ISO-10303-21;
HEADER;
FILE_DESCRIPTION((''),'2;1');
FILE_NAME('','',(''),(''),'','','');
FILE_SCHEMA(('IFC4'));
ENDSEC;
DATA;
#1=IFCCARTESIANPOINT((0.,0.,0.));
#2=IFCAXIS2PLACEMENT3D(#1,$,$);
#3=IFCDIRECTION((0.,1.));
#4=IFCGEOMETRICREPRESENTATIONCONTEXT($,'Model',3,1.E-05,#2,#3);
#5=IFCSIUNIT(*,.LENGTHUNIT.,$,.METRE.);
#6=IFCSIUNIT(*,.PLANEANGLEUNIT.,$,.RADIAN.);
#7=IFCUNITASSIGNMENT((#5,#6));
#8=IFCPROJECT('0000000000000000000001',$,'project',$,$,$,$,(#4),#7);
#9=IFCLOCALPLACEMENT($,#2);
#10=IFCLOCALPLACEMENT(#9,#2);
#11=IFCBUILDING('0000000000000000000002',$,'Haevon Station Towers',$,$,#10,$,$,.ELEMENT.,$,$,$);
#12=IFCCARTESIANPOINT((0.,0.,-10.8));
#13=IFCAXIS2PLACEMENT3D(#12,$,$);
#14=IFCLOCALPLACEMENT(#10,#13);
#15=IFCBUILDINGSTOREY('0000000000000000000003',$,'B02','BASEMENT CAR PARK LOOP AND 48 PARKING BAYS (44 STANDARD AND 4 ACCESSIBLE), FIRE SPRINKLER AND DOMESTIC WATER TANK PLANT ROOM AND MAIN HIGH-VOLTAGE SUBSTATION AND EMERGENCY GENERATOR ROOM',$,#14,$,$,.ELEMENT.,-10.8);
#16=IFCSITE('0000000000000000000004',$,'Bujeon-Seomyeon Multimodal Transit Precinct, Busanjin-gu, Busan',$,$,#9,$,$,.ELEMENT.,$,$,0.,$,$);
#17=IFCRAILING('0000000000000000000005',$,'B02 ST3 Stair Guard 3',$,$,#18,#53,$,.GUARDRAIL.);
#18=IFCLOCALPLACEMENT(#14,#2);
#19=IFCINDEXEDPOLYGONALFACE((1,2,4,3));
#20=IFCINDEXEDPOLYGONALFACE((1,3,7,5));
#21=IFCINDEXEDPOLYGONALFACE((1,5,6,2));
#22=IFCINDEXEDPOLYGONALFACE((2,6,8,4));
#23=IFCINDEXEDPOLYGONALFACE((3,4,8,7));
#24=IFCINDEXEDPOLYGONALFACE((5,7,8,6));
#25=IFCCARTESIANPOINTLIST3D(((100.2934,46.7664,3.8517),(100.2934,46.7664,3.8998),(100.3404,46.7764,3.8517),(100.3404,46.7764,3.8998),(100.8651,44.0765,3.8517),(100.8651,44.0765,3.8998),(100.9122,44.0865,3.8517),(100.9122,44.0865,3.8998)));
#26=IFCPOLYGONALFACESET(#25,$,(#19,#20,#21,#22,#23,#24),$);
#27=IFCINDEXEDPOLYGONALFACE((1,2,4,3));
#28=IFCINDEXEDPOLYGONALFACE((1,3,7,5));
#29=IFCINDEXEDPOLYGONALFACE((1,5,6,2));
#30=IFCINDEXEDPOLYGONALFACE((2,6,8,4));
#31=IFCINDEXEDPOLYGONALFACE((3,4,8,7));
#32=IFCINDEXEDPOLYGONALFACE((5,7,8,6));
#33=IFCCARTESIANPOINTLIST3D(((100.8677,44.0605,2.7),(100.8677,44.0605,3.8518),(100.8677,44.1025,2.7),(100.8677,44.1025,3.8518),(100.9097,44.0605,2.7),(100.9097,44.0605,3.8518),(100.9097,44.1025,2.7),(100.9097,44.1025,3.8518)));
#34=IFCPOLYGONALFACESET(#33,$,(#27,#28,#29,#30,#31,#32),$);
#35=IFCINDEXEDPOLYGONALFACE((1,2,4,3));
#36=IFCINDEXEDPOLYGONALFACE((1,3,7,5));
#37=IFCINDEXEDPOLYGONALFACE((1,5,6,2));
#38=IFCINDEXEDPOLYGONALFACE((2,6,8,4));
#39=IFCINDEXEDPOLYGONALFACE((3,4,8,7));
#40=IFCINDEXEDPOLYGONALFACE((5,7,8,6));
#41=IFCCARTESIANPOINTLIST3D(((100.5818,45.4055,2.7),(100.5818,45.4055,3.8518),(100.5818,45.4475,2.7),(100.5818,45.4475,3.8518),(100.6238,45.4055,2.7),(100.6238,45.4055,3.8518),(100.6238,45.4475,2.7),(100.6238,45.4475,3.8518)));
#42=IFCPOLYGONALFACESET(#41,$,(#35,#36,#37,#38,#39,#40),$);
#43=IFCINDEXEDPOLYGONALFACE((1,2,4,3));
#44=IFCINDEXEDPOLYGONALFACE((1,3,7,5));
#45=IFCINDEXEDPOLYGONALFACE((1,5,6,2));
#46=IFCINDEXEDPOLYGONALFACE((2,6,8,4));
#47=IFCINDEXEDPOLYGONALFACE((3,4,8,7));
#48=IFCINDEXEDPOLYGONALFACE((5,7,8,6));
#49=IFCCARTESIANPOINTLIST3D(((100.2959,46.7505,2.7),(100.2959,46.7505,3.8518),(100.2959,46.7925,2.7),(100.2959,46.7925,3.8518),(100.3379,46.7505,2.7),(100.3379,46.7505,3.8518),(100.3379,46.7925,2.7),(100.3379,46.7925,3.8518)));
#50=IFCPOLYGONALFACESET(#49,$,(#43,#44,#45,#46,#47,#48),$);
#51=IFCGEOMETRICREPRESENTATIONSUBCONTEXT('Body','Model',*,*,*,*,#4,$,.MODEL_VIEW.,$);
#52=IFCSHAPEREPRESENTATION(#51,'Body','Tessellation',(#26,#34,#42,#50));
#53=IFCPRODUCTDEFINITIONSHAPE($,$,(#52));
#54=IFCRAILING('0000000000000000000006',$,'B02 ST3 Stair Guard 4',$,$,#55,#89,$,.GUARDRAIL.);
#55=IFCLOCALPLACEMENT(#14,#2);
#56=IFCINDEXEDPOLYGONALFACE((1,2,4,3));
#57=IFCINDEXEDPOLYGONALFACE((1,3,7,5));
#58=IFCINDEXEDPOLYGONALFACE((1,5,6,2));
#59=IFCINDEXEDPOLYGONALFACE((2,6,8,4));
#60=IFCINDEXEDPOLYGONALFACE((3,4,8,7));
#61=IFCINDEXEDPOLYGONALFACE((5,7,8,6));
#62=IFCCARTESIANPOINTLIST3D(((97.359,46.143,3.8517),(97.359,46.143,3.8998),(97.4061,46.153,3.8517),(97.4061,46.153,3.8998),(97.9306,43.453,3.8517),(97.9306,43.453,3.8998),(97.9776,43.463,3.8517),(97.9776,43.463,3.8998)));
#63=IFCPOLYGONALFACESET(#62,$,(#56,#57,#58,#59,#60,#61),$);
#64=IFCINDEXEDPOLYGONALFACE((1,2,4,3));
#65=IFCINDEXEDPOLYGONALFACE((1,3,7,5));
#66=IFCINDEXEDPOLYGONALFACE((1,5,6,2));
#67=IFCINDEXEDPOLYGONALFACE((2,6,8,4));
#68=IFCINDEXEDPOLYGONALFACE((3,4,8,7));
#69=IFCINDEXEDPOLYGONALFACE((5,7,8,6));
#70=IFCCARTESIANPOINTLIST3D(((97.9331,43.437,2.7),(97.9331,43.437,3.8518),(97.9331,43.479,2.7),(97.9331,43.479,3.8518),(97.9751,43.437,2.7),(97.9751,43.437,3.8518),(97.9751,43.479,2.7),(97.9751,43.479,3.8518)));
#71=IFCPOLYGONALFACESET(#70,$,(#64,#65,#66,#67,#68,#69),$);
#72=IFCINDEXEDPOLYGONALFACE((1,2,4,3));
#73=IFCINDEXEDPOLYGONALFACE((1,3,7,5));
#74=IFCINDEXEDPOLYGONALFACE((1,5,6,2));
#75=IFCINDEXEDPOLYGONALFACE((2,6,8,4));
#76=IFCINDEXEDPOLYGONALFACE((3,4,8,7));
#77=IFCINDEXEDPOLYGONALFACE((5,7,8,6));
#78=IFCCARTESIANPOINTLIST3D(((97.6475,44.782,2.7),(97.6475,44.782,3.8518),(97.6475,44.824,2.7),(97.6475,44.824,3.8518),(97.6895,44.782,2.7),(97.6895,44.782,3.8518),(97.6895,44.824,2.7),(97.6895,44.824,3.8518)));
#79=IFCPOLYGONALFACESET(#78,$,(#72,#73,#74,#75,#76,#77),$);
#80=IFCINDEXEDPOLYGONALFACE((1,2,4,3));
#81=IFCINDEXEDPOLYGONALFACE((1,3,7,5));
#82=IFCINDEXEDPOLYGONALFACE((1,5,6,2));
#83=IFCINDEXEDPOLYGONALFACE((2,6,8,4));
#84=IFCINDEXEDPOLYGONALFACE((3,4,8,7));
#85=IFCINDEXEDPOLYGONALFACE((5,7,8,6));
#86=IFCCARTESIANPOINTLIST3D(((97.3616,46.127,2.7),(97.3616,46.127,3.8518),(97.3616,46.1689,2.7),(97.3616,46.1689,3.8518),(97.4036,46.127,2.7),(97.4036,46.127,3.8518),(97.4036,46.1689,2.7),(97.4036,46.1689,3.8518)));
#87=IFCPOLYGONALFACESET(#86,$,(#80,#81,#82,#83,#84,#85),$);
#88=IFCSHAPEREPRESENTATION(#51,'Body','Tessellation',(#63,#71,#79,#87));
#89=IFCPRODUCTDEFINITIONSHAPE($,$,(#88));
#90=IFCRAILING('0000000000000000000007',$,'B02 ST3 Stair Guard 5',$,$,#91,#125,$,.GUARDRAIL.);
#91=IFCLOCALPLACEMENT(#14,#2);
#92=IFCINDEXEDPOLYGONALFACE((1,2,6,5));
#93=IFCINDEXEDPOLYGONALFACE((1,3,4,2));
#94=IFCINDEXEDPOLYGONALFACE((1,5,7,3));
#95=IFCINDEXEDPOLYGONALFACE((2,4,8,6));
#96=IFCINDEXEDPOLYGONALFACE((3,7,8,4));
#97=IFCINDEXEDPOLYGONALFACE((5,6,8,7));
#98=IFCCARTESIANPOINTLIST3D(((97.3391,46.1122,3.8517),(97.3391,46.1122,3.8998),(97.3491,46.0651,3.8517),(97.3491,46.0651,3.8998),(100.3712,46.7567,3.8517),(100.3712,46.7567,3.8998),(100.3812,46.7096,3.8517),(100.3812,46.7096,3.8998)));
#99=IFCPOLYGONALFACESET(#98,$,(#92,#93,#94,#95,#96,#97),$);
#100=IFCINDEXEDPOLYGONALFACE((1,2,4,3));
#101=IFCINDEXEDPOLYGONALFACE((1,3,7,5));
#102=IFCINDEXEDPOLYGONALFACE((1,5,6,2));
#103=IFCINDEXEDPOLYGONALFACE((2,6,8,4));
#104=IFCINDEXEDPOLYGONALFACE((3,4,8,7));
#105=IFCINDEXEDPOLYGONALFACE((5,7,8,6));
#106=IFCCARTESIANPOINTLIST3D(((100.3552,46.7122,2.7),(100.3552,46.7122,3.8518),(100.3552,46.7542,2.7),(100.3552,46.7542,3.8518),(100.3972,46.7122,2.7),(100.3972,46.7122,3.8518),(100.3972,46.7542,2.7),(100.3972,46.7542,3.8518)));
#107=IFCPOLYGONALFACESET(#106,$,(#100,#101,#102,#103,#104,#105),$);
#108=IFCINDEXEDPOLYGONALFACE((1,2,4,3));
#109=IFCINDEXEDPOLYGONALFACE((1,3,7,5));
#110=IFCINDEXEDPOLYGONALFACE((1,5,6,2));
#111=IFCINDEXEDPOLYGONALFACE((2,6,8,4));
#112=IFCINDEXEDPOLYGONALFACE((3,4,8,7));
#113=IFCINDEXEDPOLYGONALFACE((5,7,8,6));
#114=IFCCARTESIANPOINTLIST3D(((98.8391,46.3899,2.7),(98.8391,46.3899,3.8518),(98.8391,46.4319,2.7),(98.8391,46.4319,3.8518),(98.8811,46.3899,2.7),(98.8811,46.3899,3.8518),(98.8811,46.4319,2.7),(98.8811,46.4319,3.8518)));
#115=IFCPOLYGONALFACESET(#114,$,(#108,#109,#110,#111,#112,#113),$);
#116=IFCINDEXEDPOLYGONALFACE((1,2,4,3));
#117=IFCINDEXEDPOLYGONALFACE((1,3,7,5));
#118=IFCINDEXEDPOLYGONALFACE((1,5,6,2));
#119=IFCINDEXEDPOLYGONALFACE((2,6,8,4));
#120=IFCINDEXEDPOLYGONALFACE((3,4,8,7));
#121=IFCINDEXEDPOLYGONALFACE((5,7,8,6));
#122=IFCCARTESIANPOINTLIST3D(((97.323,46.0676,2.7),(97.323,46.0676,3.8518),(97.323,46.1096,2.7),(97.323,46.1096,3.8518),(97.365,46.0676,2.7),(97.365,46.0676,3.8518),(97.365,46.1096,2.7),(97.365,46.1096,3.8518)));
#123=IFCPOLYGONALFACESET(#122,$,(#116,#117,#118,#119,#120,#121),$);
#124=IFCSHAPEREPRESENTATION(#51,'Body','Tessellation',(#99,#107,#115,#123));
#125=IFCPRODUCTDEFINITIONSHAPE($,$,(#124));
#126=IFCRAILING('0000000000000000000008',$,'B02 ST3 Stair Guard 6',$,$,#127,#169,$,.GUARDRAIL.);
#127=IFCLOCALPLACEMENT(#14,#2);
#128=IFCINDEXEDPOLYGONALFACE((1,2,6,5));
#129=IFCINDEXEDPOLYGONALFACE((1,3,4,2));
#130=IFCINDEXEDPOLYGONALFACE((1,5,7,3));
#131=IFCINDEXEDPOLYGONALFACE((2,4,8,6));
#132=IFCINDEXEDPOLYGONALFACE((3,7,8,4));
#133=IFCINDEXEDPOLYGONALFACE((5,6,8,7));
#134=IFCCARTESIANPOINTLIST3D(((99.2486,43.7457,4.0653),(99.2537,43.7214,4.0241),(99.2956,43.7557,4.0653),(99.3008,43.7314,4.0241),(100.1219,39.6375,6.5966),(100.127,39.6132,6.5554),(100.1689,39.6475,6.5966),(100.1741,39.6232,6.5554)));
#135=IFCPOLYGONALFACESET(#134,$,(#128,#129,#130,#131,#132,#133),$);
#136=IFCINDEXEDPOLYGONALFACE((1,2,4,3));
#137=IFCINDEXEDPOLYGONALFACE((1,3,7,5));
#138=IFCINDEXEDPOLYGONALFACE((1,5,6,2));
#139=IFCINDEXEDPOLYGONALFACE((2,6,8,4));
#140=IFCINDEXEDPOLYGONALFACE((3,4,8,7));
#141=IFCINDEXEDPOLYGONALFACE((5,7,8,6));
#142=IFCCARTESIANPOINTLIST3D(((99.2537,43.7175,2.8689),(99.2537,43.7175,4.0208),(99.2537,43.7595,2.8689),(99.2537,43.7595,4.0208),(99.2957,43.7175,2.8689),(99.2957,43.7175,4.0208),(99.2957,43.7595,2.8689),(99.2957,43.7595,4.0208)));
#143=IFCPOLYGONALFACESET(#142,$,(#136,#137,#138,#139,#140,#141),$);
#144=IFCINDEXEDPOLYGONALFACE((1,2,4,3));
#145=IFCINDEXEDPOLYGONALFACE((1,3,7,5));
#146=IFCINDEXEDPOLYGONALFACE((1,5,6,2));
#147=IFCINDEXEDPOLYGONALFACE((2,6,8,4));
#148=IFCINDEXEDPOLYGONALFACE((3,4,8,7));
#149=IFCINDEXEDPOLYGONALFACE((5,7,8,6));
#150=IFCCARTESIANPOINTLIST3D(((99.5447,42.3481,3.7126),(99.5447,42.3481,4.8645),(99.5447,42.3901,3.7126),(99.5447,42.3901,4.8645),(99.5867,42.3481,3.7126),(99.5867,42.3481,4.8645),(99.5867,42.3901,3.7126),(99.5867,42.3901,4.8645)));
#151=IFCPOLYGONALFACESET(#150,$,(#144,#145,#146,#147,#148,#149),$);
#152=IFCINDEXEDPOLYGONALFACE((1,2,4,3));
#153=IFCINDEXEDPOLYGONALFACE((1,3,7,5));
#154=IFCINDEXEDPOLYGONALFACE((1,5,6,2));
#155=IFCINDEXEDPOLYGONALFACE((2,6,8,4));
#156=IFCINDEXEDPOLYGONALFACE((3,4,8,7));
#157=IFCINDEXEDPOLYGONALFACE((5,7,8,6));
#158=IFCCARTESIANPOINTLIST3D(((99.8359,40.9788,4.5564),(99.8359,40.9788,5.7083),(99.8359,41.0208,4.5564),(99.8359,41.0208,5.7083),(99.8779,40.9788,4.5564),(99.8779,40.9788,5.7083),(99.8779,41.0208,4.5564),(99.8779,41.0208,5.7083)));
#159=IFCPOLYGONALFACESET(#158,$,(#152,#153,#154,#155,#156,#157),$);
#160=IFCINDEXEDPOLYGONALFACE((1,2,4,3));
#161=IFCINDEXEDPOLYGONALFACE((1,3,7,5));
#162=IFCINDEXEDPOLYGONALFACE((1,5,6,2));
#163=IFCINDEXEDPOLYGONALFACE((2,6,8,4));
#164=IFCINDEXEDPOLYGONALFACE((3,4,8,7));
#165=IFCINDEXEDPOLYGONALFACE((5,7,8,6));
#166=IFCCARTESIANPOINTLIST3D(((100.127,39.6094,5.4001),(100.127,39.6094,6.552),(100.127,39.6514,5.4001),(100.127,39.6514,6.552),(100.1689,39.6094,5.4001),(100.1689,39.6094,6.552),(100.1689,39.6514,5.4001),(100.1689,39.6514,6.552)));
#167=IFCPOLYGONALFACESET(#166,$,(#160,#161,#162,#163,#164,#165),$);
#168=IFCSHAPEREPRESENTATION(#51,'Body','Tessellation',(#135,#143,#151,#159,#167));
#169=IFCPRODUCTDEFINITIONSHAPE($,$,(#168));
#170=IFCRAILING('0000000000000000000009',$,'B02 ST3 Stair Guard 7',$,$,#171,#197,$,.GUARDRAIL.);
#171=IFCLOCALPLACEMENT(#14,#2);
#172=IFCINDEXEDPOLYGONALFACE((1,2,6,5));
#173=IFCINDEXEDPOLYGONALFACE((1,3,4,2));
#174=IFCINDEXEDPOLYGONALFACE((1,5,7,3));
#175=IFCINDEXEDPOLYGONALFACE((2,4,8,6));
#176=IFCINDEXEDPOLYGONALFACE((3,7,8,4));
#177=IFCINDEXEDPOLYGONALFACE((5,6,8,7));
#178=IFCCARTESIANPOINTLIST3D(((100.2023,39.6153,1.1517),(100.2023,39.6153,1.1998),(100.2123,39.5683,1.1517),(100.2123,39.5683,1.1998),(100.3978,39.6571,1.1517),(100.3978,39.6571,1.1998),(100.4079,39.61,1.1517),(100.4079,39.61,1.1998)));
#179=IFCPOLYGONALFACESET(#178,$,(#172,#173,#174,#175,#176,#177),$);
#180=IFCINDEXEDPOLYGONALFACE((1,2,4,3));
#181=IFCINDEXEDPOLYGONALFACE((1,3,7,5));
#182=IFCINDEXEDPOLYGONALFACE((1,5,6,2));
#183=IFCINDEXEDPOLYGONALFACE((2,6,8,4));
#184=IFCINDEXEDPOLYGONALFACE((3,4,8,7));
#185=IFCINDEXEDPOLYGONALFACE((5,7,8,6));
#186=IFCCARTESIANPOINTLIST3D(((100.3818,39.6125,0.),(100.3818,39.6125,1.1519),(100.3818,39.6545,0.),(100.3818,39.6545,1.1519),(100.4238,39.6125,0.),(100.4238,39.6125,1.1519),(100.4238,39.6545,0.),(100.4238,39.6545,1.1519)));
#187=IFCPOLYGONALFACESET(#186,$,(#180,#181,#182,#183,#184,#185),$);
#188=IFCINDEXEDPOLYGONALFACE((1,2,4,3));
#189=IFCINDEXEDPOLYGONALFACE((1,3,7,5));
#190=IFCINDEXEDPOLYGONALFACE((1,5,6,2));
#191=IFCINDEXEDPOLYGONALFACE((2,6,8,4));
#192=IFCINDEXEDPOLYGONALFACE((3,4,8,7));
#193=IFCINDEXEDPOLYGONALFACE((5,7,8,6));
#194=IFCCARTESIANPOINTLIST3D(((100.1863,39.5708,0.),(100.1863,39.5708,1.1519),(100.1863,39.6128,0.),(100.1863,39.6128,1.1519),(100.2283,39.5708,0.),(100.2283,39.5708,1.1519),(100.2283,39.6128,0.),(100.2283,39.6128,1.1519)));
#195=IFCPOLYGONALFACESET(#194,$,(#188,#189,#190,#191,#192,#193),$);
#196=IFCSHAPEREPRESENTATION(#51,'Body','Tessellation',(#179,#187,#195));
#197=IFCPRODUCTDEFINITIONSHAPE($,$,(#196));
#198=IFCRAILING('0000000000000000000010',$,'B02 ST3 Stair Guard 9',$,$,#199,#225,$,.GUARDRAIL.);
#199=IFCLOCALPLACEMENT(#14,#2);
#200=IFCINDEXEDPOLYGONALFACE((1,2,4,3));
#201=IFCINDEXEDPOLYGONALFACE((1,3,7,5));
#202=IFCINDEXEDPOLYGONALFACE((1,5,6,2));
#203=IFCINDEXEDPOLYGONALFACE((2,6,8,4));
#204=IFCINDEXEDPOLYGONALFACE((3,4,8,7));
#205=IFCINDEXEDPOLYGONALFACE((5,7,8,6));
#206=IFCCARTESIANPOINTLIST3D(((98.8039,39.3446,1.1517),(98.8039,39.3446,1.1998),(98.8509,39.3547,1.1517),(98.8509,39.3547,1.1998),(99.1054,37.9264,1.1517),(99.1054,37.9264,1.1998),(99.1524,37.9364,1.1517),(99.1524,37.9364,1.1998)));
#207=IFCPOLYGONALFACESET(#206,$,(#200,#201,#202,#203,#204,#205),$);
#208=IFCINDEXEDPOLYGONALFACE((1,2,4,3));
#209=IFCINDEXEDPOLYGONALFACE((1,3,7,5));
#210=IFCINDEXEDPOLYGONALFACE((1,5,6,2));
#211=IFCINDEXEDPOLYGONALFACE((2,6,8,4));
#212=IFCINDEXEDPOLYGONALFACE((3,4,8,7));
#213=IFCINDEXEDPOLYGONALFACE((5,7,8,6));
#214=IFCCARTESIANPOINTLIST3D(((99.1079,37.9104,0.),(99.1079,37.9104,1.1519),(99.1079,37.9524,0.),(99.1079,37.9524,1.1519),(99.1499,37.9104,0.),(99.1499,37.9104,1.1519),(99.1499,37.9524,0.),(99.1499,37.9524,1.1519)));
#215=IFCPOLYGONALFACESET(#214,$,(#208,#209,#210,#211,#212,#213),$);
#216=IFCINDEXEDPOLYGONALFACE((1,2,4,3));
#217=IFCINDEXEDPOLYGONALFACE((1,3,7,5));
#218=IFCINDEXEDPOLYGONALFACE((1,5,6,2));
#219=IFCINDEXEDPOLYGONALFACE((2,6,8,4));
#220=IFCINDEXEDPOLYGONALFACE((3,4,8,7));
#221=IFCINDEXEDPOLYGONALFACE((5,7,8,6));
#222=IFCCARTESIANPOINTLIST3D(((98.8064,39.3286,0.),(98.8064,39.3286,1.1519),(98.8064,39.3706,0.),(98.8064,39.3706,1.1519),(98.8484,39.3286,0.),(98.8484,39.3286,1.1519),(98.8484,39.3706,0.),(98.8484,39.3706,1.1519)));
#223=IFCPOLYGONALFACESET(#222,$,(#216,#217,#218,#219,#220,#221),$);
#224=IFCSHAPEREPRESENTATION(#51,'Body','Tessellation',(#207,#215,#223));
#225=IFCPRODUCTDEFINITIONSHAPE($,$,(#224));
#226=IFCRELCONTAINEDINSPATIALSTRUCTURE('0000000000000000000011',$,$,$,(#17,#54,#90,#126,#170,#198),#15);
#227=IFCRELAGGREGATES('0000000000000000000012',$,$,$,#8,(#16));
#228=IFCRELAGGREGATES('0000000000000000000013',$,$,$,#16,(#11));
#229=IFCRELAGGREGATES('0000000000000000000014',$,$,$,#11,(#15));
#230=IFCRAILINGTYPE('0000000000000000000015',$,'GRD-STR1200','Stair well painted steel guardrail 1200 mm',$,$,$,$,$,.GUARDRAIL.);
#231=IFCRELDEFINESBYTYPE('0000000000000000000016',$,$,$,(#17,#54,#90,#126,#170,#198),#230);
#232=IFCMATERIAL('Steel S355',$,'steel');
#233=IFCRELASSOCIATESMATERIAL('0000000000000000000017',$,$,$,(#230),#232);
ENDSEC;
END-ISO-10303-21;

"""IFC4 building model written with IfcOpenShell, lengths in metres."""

from ifc_helpers import new_model, si_unit, direction, frame, origin, origin_2d, place, context, subcontext, project, spatial, rectangle, extrude, material, type_object, element, save


model = new_model("IFC4")

# Units and contexts
model_context = context("Model", 3, precision=1e-05, world=origin(), true_north=direction((0.0, 1.0)))
body_context = subcontext(model_context, "Body", "Model", "MODEL_VIEW")
ifc_project = project(units=[si_unit("LENGTHUNIT", "METRE"), si_unit("PLANEANGLEUNIT", "RADIAN")], contexts=[model_context])

# Site, building, storey
site_placement = place(None, origin())
site = spatial("IfcSite", under=ifc_project, at=site_placement, Name="Bujeon-Seomyeon Multimodal Transit Precinct, Busanjin-gu, Busan", CompositionType="ELEMENT", RefElevation=0.0)
building_placement = place(site_placement, origin())
building = spatial("IfcBuilding", under=site, at=building_placement, Name="Haevon Station Towers", CompositionType="ELEMENT")
storey_placement = place(building_placement, frame((0.0, 0.0, -10.8)))
storey = spatial("IfcBuildingStorey", under=building, at=storey_placement, Name="B02", Description="BASEMENT CAR PARK LOOP AND 48 PARKING BAYS (44 STANDARD AND 4 ACCESSIBLE), FIRE SPRINKLER AND DOMESTIC WATER TANK PLANT ROOM AND MAIN HIGH-VOLTAGE SUBSTATION AND EMERGENCY GENERATOR ROOM", CompositionType="ELEMENT", Elevation=-10.8)

# Shared definitions
ifc_material_1 = material(Name="Steel S355", Category="steel")

# Railings
railing_type_1 = type_object("IfcRailingType", Name="GRD-STR1200", Description="Stair well painted steel guardrail 1200 mm", PredefinedType="GUARDRAIL", material=ifc_material_1)
railing_1_placement = place(storey_placement, frame((100.8887, 44.0815, 2.7)))
element("IfcRailing", 1, at=railing_1_placement, inside=storey, type_object=railing_type_1, Name="B02 ST3 Stair Guard 3", PredefinedType="GUARDRAIL", context=body_context, shape_type="SweptSolid", body=[
    extrude(rectangle(XDim=0.0481, YDim=0.0481, at=origin_2d()), frame((0.0, 0.0, 1.1758), z_axis=(-0.207916, 0.978147, 0.0), x_axis=(-0.978147, -0.207916, 0.0)), (0.0, 0.0, 1.0), 2.75),
    extrude(rectangle(XDim=0.042, YDim=0.042, at=origin_2d()), origin(), (0.0, 0.0, 1.0), 1.1519),
    extrude(rectangle(XDim=0.042, YDim=0.042, at=origin_2d()), frame((-0.2859, 1.345, 0.0)), (0.0, 0.0, 1.0), 1.1519),
    extrude(rectangle(XDim=0.042, YDim=0.042, at=origin_2d()), frame((-0.5718, 2.6899, 0.0)), (0.0, 0.0, 1.0), 1.1519),
])
railing_2_placement = place(storey_placement, frame((97.9541, 43.458, 2.7)))
element("IfcRailing", 2, at=railing_2_placement, inside=storey, type_object=railing_type_1, Name="B02 ST3 Stair Guard 4", PredefinedType="GUARDRAIL", context=body_context, shape_type="SweptSolid", body=[
    extrude(rectangle(XDim=0.0481, YDim=0.0481, at=origin_2d()), frame((0.0, 0.0, 1.1758), z_axis=(-0.207831, 0.978165, 0.0), x_axis=(-0.978165, -0.207831, 0.0)), (0.0, 0.0, 1.0), 2.75),
    extrude(rectangle(XDim=0.042, YDim=0.042, at=origin_2d()), origin(), (0.0, 0.0, 1.0), 1.1519),
    extrude(rectangle(XDim=0.042, YDim=0.042, at=origin_2d()), frame((-0.2856, 1.345, 0.0)), (0.0, 0.0, 1.0), 1.1519),
    extrude(rectangle(XDim=0.042, YDim=0.042, at=origin_2d()), frame((-0.5715, 2.6899, 0.0)), (0.0, 0.0, 1.0), 1.1519),
])
railing_3_placement = place(storey_placement, frame((100.3762, 46.7332, 2.7)))
element("IfcRailing", 3, at=railing_3_placement, inside=storey, type_object=railing_type_1, Name="B02 ST3 Stair Guard 5", PredefinedType="GUARDRAIL", context=body_context, shape_type="SweptSolid", body=[
    extrude(rectangle(XDim=0.0481, YDim=0.0481, at=origin_2d()), frame((0.0, 0.0, 1.1758), z_axis=(-0.978147, -0.207915, 0.0), x_axis=(0.207915, -0.978147, 0.0)), (0.0, 0.0, 1.0), 3.0999),
    extrude(rectangle(XDim=0.042, YDim=0.042, at=origin_2d()), origin(), (0.0, 0.0, 1.0), 1.1519),
    extrude(rectangle(XDim=0.042, YDim=0.042, at=origin_2d()), frame((-1.5161, -0.3223, 0.0)), (0.0, 0.0, 1.0), 1.1519),
    extrude(rectangle(XDim=0.042, YDim=0.042, at=origin_2d()), frame((-3.0322, -0.6445, 0.0)), (0.0, 0.0, 1.0), 1.1519),
])
railing_4_placement = place(storey_placement, frame((99.2747, 43.7385, 2.8689)))
element("IfcRailing", 4, at=railing_4_placement, inside=storey, type_object=railing_type_1, Name="B02 ST3 Stair Guard 6", PredefinedType="GUARDRAIL", context=body_context, shape_type="SweptSolid", body=[
    extrude(rectangle(XDim=0.0481, YDim=0.0481, at=origin_2d()), frame((0.0, 0.0, 1.1758), z_axis=(0.178086, -0.837757, 0.516186), x_axis=(0.978144, 0.207929, 0.0)), (0.0, 0.0, 1.0), 4.9038),
    extrude(rectangle(XDim=0.042, YDim=0.042, at=origin_2d()), origin(), (0.0, 0.0, 1.0), 1.1519),
    extrude(rectangle(XDim=0.042, YDim=0.042, at=origin_2d()), frame((0.291, -1.3694, 0.8438)), (0.0, 0.0, 1.0), 1.1519),
    extrude(rectangle(XDim=0.042, YDim=0.042, at=origin_2d()), frame((0.5823, -2.7388, 1.6875)), (0.0, 0.0, 1.0), 1.1519),
    extrude(rectangle(XDim=0.042, YDim=0.042, at=origin_2d()), frame((0.8733, -4.1082, 2.5312)), (0.0, 0.0, 1.0), 1.1519),
])
railing_5_placement = place(storey_placement, frame((100.4028, 39.6335, 0.0)))
element("IfcRailing", 5, at=railing_5_placement, inside=storey, type_object=railing_type_1, Name="B02 ST3 Stair Guard 7", PredefinedType="GUARDRAIL", context=body_context, shape_type="SweptSolid", body=[
    extrude(rectangle(XDim=0.0481, YDim=0.0481, at=origin_2d()), frame((0.0, 0.0, 1.1758), z_axis=(-0.977963, -0.208779, 0.0), x_axis=(0.208779, -0.977963, 0.0)), (0.0, 0.0, 1.0), 0.2),
    extrude(rectangle(XDim=0.042, YDim=0.042, at=origin_2d()), origin(), (0.0, 0.0, 1.0), 1.1519),
    extrude(rectangle(XDim=0.042, YDim=0.042, at=origin_2d()), frame((-0.1956, -0.0417, 0.0)), (0.0, 0.0, 1.0), 1.1519),
])
railing_6_placement = place(storey_placement, frame((99.1289, 37.9314, 0.0)))
element("IfcRailing", 6, at=railing_6_placement, inside=storey, type_object=railing_type_1, Name="B02 ST3 Stair Guard 9", PredefinedType="GUARDRAIL", context=body_context, shape_type="SweptSolid", body=[
    extrude(rectangle(XDim=0.0481, YDim=0.0481, at=origin_2d()), frame((0.0, 0.0, 1.1758), z_axis=(-0.207953, 0.978139, 0.0), x_axis=(-0.978139, -0.207953, 0.0)), (0.0, 0.0, 1.0), 1.45),
    extrude(rectangle(XDim=0.042, YDim=0.042, at=origin_2d()), origin(), (0.0, 0.0, 1.0), 1.1519),
    extrude(rectangle(XDim=0.042, YDim=0.042, at=origin_2d()), frame((-0.3015, 1.4182, 0.0)), (0.0, 0.0, 1.0), 1.1519),
])

save(model, "model.ifc")
